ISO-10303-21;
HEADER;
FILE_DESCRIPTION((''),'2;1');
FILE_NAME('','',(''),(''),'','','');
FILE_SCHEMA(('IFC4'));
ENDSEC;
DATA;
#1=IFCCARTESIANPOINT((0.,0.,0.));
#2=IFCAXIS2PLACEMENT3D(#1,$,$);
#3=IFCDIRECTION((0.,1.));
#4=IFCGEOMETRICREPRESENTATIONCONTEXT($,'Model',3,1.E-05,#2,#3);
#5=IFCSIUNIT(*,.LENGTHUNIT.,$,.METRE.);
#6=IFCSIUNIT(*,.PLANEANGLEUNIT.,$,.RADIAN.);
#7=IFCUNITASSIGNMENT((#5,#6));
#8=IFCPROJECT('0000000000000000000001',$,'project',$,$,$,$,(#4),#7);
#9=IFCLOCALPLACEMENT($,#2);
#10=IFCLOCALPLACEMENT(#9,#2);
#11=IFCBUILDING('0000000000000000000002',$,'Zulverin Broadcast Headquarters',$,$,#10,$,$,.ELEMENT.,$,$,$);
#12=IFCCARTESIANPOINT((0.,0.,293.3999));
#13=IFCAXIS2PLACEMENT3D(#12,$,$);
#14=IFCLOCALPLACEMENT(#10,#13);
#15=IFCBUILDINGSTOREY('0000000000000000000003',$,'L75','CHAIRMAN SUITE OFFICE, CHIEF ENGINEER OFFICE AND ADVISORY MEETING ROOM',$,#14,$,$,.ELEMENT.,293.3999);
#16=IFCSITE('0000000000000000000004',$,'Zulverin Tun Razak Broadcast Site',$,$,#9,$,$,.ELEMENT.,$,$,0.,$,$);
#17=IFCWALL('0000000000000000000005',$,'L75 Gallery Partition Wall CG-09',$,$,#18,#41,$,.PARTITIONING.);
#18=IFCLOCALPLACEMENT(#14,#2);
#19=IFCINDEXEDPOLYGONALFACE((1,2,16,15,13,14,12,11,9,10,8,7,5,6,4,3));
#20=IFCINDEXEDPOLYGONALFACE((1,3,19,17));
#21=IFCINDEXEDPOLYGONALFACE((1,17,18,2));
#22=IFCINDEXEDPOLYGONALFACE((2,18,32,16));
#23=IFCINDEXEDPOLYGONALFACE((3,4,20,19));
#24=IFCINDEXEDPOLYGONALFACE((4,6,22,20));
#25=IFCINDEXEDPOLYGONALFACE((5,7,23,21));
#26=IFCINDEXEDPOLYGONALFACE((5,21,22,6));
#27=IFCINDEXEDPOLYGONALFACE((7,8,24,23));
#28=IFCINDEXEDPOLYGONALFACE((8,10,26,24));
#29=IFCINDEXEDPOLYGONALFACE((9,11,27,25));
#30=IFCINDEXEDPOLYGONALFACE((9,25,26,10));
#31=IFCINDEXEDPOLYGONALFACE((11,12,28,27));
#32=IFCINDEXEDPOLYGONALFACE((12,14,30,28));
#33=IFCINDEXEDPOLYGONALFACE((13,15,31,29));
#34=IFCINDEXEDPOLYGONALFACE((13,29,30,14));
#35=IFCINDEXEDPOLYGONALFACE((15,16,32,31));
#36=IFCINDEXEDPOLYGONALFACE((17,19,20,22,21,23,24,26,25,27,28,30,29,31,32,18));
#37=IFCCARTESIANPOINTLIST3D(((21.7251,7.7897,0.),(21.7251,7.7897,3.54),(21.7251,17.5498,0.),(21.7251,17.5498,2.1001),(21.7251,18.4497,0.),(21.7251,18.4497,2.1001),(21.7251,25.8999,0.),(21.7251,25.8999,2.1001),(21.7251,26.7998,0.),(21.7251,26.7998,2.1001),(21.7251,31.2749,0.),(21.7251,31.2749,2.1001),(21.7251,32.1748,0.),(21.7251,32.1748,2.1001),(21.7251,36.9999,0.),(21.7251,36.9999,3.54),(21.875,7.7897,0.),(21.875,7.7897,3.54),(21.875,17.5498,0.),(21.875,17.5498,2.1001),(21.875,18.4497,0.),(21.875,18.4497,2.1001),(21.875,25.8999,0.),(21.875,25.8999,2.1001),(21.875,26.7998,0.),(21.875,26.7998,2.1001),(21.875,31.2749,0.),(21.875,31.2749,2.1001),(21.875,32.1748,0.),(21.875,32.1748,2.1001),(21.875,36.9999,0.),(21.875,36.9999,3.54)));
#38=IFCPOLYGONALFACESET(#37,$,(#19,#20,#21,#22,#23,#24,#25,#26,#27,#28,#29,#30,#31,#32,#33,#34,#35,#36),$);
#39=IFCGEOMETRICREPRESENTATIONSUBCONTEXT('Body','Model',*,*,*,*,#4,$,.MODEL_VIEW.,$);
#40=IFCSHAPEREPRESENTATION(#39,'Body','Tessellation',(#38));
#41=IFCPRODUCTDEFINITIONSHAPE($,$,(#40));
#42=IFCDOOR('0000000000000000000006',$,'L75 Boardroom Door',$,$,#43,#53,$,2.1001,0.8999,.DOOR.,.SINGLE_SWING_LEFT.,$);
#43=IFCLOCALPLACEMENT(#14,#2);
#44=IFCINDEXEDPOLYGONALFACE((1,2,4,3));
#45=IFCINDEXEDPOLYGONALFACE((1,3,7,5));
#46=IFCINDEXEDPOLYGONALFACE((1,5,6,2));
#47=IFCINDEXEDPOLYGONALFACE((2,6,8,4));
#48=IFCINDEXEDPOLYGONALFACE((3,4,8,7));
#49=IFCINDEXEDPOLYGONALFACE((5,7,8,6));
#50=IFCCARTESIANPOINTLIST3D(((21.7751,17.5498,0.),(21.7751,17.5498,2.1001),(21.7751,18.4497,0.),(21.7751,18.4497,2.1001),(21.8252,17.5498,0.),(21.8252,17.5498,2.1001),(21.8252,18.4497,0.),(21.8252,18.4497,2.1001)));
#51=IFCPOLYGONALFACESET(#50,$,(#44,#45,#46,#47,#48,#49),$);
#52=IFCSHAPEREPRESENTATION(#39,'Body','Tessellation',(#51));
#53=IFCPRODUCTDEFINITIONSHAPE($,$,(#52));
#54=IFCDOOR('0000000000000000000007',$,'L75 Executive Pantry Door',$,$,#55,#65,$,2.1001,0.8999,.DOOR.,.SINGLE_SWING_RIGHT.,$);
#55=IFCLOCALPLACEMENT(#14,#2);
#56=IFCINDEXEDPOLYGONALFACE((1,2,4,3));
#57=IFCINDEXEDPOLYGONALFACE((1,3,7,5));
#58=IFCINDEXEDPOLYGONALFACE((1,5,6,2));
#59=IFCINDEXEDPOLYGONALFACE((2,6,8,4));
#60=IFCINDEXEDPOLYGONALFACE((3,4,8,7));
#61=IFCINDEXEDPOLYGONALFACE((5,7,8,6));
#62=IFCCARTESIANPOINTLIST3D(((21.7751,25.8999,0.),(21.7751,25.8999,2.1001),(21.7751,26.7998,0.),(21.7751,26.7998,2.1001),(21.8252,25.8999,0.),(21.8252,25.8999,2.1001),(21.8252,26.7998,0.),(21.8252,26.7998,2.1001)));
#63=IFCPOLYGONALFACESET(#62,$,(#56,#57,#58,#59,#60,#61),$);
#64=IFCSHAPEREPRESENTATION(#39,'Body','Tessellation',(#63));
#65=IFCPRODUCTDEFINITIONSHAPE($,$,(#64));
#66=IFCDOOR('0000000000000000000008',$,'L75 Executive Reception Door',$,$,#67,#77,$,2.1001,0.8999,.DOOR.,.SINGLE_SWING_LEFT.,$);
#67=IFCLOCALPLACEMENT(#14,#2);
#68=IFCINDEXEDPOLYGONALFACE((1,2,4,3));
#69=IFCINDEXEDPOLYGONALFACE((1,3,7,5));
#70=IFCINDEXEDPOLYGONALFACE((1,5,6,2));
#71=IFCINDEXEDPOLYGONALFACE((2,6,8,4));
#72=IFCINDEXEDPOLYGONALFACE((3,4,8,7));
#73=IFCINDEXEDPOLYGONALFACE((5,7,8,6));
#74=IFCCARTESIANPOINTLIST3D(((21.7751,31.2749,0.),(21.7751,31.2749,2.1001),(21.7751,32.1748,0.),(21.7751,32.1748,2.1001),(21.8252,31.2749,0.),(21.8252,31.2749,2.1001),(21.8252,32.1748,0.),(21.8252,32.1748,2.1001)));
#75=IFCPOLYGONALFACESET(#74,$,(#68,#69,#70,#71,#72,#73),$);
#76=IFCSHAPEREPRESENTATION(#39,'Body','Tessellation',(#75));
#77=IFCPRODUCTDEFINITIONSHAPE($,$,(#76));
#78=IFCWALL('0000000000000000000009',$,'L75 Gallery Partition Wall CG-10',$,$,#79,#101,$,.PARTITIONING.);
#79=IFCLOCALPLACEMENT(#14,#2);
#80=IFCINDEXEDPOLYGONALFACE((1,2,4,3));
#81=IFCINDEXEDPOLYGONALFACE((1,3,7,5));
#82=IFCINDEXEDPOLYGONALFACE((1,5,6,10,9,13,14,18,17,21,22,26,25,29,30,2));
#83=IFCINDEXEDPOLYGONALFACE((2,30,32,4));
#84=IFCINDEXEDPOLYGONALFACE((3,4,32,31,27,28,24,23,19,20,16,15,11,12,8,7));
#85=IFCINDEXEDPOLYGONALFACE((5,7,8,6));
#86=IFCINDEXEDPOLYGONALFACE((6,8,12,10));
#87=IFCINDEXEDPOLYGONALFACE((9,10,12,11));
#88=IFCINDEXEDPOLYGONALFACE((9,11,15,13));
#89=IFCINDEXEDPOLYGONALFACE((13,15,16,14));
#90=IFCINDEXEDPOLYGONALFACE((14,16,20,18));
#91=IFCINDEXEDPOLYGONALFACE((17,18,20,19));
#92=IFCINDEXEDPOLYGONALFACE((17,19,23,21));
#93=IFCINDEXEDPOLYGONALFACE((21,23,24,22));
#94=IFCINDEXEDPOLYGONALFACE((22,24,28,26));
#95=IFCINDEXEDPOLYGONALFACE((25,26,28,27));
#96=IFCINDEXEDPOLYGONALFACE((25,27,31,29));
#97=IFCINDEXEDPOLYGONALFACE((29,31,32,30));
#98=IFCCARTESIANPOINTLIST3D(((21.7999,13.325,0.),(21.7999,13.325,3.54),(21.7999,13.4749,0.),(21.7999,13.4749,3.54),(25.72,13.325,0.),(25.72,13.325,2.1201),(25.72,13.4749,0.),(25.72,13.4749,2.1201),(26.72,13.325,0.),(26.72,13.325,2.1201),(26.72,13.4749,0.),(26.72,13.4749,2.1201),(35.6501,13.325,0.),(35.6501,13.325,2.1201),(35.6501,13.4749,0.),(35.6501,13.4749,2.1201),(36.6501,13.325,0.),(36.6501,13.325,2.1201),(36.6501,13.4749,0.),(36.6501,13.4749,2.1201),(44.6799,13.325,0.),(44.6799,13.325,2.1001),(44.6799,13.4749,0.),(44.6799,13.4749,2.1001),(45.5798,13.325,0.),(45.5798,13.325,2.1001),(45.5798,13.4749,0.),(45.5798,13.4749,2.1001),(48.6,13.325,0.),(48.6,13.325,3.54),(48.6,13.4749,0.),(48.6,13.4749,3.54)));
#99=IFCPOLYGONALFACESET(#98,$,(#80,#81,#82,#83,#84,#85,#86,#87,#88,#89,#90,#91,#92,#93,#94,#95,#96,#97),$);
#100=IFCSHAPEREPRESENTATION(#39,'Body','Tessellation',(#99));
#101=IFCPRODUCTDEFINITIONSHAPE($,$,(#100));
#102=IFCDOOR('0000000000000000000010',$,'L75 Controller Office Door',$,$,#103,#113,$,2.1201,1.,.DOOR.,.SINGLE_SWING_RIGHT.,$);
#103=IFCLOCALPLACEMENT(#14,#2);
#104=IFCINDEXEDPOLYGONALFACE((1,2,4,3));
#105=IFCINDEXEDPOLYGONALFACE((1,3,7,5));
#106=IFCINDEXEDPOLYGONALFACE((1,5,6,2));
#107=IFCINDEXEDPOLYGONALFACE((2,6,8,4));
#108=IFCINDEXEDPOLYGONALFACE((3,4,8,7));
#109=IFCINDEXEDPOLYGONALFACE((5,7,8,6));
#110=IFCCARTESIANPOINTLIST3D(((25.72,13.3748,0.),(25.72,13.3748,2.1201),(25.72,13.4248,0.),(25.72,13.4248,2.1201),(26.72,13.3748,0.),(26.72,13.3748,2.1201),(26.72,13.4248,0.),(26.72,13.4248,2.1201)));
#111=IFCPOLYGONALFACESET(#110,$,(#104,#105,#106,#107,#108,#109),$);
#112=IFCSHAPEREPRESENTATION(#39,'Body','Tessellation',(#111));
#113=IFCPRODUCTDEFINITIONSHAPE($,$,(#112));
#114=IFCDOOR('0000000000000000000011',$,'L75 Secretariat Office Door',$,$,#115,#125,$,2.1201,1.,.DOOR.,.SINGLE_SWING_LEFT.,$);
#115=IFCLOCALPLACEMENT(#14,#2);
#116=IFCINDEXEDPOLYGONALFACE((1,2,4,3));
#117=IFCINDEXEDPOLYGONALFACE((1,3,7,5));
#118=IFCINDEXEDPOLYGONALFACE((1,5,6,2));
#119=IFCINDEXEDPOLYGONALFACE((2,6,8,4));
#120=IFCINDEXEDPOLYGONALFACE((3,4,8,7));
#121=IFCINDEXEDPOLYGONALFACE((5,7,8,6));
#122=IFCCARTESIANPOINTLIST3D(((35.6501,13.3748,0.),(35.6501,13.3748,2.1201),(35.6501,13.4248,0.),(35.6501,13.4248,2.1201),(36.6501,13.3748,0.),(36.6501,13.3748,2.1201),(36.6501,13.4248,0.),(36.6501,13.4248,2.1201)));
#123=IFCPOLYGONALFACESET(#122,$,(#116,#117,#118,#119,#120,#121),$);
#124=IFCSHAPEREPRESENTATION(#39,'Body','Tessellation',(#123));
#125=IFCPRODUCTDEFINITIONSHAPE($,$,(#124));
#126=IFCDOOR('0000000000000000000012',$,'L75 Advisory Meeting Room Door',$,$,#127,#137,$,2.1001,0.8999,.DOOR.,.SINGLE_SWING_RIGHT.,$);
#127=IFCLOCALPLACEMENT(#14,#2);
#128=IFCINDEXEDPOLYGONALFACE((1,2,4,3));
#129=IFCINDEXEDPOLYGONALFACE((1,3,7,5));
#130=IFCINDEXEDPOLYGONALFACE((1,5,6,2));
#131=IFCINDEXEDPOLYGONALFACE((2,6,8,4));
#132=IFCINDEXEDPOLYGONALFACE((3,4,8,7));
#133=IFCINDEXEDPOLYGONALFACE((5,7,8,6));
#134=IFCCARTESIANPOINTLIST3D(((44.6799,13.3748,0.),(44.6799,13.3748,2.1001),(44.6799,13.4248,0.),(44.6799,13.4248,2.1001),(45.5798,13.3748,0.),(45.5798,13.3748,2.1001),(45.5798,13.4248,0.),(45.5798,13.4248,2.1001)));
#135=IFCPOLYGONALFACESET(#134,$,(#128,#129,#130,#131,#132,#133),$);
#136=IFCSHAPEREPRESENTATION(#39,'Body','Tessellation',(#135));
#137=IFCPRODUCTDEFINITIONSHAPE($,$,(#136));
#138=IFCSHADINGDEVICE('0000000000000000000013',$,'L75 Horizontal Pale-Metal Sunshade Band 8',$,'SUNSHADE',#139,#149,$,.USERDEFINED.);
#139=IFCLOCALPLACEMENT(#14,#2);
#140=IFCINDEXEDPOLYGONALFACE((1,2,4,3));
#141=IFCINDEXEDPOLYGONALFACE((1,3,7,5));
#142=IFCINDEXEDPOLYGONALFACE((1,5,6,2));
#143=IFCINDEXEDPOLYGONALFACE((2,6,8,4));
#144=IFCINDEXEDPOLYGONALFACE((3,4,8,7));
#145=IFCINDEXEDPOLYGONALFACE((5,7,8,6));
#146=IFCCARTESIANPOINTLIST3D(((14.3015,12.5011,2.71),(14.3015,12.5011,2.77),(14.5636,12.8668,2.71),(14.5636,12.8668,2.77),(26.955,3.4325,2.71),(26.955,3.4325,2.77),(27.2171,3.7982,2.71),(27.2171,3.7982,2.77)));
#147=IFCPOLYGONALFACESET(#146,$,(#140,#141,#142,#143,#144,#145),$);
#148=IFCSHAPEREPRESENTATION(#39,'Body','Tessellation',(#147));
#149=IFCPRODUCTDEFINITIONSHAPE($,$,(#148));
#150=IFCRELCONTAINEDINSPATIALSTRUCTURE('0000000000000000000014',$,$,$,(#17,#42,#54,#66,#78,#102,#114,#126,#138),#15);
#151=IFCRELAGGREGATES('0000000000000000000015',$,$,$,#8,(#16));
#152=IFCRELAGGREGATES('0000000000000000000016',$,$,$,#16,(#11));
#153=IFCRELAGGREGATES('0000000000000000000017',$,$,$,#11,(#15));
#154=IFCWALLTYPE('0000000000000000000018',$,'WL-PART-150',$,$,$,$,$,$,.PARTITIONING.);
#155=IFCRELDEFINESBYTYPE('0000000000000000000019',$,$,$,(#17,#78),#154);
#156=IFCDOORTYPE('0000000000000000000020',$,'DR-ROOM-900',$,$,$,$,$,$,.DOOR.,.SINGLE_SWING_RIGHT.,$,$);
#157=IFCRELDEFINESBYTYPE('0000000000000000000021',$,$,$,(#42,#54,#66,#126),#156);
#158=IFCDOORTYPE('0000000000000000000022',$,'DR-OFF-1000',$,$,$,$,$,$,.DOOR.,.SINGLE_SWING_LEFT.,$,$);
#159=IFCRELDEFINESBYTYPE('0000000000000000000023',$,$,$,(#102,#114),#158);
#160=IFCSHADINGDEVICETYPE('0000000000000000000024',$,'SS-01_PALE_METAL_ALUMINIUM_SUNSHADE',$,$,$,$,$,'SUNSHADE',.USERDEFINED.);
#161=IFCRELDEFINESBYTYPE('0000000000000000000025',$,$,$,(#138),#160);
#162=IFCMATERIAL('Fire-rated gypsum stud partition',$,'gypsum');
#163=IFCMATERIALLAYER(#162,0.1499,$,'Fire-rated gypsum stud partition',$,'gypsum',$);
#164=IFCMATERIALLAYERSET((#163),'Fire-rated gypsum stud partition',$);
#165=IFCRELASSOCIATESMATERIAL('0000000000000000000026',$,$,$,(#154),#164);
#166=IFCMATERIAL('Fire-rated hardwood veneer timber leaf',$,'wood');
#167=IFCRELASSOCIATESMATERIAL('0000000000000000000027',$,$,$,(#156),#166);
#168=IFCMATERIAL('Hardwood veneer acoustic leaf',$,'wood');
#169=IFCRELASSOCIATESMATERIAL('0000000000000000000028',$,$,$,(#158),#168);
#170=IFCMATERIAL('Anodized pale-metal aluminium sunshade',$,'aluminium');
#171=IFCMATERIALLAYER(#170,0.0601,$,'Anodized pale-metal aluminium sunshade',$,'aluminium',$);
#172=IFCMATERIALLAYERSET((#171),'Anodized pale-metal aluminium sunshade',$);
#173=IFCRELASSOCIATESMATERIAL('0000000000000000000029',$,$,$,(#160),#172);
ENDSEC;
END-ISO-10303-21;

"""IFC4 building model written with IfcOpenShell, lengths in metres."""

from ifc_helpers import new_model, si_unit, direction, frame, frame_2d, origin, origin_2d, place, context, subcontext, project, spatial, rectangle, extrude, material, layer, layer_set, type_object, element, fill, save


model = new_model("IFC4")

# Units and contexts
model_context = context("Model", 3, precision=1e-05, world=origin(), true_north=direction((0.0, 1.0)))
body_context = subcontext(model_context, "Body", "Model", "MODEL_VIEW")
ifc_project = project(units=[si_unit("LENGTHUNIT", "METRE"), si_unit("PLANEANGLEUNIT", "RADIAN")], contexts=[model_context])

# Site, building, storey
site_placement = place(None, origin())
site = spatial("IfcSite", under=ifc_project, at=site_placement, Name="Zulverin Tun Razak Broadcast Site", CompositionType="ELEMENT", RefElevation=0.0)
building_placement = place(site_placement, origin())
building = spatial("IfcBuilding", under=site, at=building_placement, Name="Zulverin Broadcast Headquarters", CompositionType="ELEMENT")
storey_placement = place(building_placement, frame((0.0, 0.0, 293.3999)))
storey = spatial("IfcBuildingStorey", under=building, at=storey_placement, Name="L75", Description="CHAIRMAN SUITE OFFICE, CHIEF ENGINEER OFFICE AND ADVISORY MEETING ROOM", CompositionType="ELEMENT", Elevation=293.3999)

# Walls, openings, doors
ifc_material_1 = material(Name="Fire-rated gypsum stud partition", Category="gypsum")
ifc_layer_1 = layer(ifc_material_1, 0.1499, Name="Fire-rated gypsum stud partition", Category="gypsum")
ifc_layer_set_1 = layer_set([ifc_layer_1], Name="Fire-rated gypsum stud partition")
wall_type_1 = type_object("IfcWallType", Name="WL-PART-150", PredefinedType="PARTITIONING", material=ifc_layer_set_1)
wall_1_placement = place(storey_placement, frame((21.8, 7.7898, 0.0), z_axis=(0.0, 0.0, 1.0), x_axis=(0.0, 1.0, 0.0)))
wall_1 = element("IfcWall", 1, at=wall_1_placement, inside=storey, type_object=wall_type_1, Name="L75 Gallery Partition Wall CG-09", PredefinedType="PARTITIONING", context=body_context, shape_type="SweptSolid", body=[
    extrude(rectangle(XDim=29.2102, YDim=0.1499, at=frame_2d((14.605, 0.0))), origin(), (0.0, 0.0, 1.0), 3.54),
])
opening_1_placement = place(wall_1_placement, frame((9.76, 0.0, 0.0)))
opening_1 = element("IfcOpeningElement", 2, at=opening_1_placement, cuts=wall_1, PredefinedType="OPENING", context=body_context, shape_type="SweptSolid", body=[
    extrude(rectangle(XDim=0.8999, YDim=2.1001, at=frame_2d((0.45, 1.05))), frame((0.0, 0.085, 0.0), z_axis=(0.0, -1.0, 0.0), x_axis=(1.0, 0.0, 0.0)), (0.0, 0.0, 1.0), 0.1699),
])
opening_2_placement = place(wall_1_placement, frame((18.1101, 0.0, 0.0)))
opening_2 = element("IfcOpeningElement", 3, at=opening_2_placement, cuts=wall_1, PredefinedType="OPENING", context=body_context, shape_type="SweptSolid", body=[
    extrude(rectangle(XDim=0.8999, YDim=2.1001, at=frame_2d((0.45, 1.05))), frame((0.0, 0.085, 0.0), z_axis=(0.0, -1.0, 0.0), x_axis=(1.0, 0.0, 0.0)), (0.0, 0.0, 1.0), 0.1699),
])
opening_3_placement = place(wall_1_placement, frame((23.4851, 0.0, 0.0)))
opening_3 = element("IfcOpeningElement", 4, at=opening_3_placement, cuts=wall_1, PredefinedType="OPENING", context=body_context, shape_type="SweptSolid", body=[
    extrude(rectangle(XDim=0.8999, YDim=2.1001, at=frame_2d((0.45, 1.05))), frame((0.0, 0.085, 0.0), z_axis=(0.0, -1.0, 0.0), x_axis=(1.0, 0.0, 0.0)), (0.0, 0.0, 1.0), 0.1699),
])
ifc_material_2 = material(Name="Fire-rated hardwood veneer timber leaf", Category="wood")
door_type_1 = type_object("IfcDoorType", Name="DR-ROOM-900", OperationType="SINGLE_SWING_RIGHT", PredefinedType="DOOR", material=ifc_material_2)
door_1_placement = place(opening_1_placement, origin())
door_1 = element("IfcDoor", 5, at=door_1_placement, inside=storey, type_object=door_type_1, Name="L75 Boardroom Door", OperationType="SINGLE_SWING_LEFT", OverallHeight=2.1001, OverallWidth=0.8999, PredefinedType="DOOR", context=body_context, shape_type="SweptSolid", body=[
    extrude(rectangle(XDim=0.8999, YDim=2.1001, at=frame_2d((0.45, 1.05))), frame((0.0, 0.0249, 0.0), z_axis=(0.0, -1.0, 0.0), x_axis=(1.0, 0.0, 0.0)), (0.0, 0.0, 1.0), 0.05),
])
fill(opening_1, door_1)
door_2_placement = place(opening_2_placement, origin())
door_2 = element("IfcDoor", 6, at=door_2_placement, inside=storey, type_object=door_type_1, Name="L75 Executive Pantry Door", OperationType="SINGLE_SWING_RIGHT", OverallHeight=2.1001, OverallWidth=0.8999, PredefinedType="DOOR", context=body_context, shape_type="SweptSolid", body=[
    extrude(rectangle(XDim=0.8999, YDim=2.1001, at=frame_2d((0.45, 1.05))), frame((0.0, 0.0249, 0.0), z_axis=(0.0, -1.0, 0.0), x_axis=(1.0, 0.0, 0.0)), (0.0, 0.0, 1.0), 0.05),
])
fill(opening_2, door_2)
door_3_placement = place(opening_3_placement, origin())
door_3 = element("IfcDoor", 7, at=door_3_placement, inside=storey, type_object=door_type_1, Name="L75 Executive Reception Door", OperationType="SINGLE_SWING_LEFT", OverallHeight=2.1001, OverallWidth=0.8999, PredefinedType="DOOR", context=body_context, shape_type="SweptSolid", body=[
    extrude(rectangle(XDim=0.8999, YDim=2.1001, at=frame_2d((0.45, 1.05))), frame((0.0, 0.0249, 0.0), z_axis=(0.0, -1.0, 0.0), x_axis=(1.0, 0.0, 0.0)), (0.0, 0.0, 1.0), 0.05),
])
fill(opening_3, door_3)
wall_2_placement = place(storey_placement, frame((21.8, 13.3999, 0.0), z_axis=(0.0, 0.0, 1.0), x_axis=(1.0, 0.0, 0.0)))
wall_2 = element("IfcWall", 8, at=wall_2_placement, inside=storey, type_object=wall_type_1, Name="L75 Gallery Partition Wall CG-10", PredefinedType="PARTITIONING", context=body_context, shape_type="SweptSolid", body=[
    extrude(rectangle(XDim=26.8, YDim=0.1499, at=frame_2d((13.3999, 0.0))), origin(), (0.0, 0.0, 1.0), 3.54),
])
opening_4_placement = place(wall_2_placement, frame((3.9199, 0.0, 0.0)))
opening_4 = element("IfcOpeningElement", 9, at=opening_4_placement, cuts=wall_2, PredefinedType="OPENING", context=body_context, shape_type="SweptSolid", body=[
    extrude(rectangle(XDim=1.0, YDim=2.1201, at=frame_2d((0.5, 1.0601))), frame((0.0, 0.085, 0.0), z_axis=(0.0, -1.0, 0.0), x_axis=(1.0, 0.0, 0.0)), (0.0, 0.0, 1.0), 0.1699),
])
opening_5_placement = place(wall_2_placement, frame((13.8501, 0.0, 0.0)))
opening_5 = element("IfcOpeningElement", 10, at=opening_5_placement, cuts=wall_2, PredefinedType="OPENING", context=body_context, shape_type="SweptSolid", body=[
    extrude(rectangle(XDim=1.0, YDim=2.1201, at=frame_2d((0.5, 1.0601))), frame((0.0, 0.085, 0.0), z_axis=(0.0, -1.0, 0.0), x_axis=(1.0, 0.0, 0.0)), (0.0, 0.0, 1.0), 0.1699),
])
opening_6_placement = place(wall_2_placement, frame((22.8799, 0.0, 0.0)))
opening_6 = element("IfcOpeningElement", 11, at=opening_6_placement, cuts=wall_2, PredefinedType="OPENING", context=body_context, shape_type="SweptSolid", body=[
    extrude(rectangle(XDim=0.8999, YDim=2.1001, at=frame_2d((0.45, 1.05))), frame((0.0, 0.085, 0.0), z_axis=(0.0, -1.0, 0.0), x_axis=(1.0, 0.0, 0.0)), (0.0, 0.0, 1.0), 0.1699),
])
ifc_material_3 = material(Name="Hardwood veneer acoustic leaf", Category="wood")
door_type_2 = type_object("IfcDoorType", Name="DR-OFF-1000", OperationType="SINGLE_SWING_LEFT", PredefinedType="DOOR", material=ifc_material_3)
door_4_placement = place(opening_4_placement, origin())
door_4 = element("IfcDoor", 12, at=door_4_placement, inside=storey, type_object=door_type_2, Name="L75 Controller Office Door", OperationType="SINGLE_SWING_RIGHT", OverallHeight=2.1201, OverallWidth=1.0, PredefinedType="DOOR", context=body_context, shape_type="SweptSolid", body=[
    extrude(rectangle(XDim=1.0, YDim=2.1201, at=frame_2d((0.5, 1.0601))), frame((0.0, 0.0249, 0.0), z_axis=(0.0, -1.0, 0.0), x_axis=(1.0, 0.0, 0.0)), (0.0, 0.0, 1.0), 0.05),
])
fill(opening_4, door_4)
door_5_placement = place(opening_5_placement, origin())
door_5 = element("IfcDoor", 13, at=door_5_placement, inside=storey, type_object=door_type_2, Name="L75 Secretariat Office Door", OperationType="SINGLE_SWING_LEFT", OverallHeight=2.1201, OverallWidth=1.0, PredefinedType="DOOR", context=body_context, shape_type="SweptSolid", body=[
    extrude(rectangle(XDim=1.0, YDim=2.1201, at=frame_2d((0.5, 1.0601))), frame((0.0, 0.0249, 0.0), z_axis=(0.0, -1.0, 0.0), x_axis=(1.0, 0.0, 0.0)), (0.0, 0.0, 1.0), 0.05),
])
fill(opening_5, door_5)
door_6_placement = place(opening_6_placement, origin())
door_6 = element("IfcDoor", 14, at=door_6_placement, inside=storey, type_object=door_type_1, Name="L75 Advisory Meeting Room Door", OperationType="SINGLE_SWING_RIGHT", OverallHeight=2.1001, OverallWidth=0.8999, PredefinedType="DOOR", context=body_context, shape_type="SweptSolid", body=[
    extrude(rectangle(XDim=0.8999, YDim=2.1001, at=frame_2d((0.45, 1.05))), frame((0.0, 0.0249, 0.0), z_axis=(0.0, -1.0, 0.0), x_axis=(1.0, 0.0, 0.0)), (0.0, 0.0, 1.0), 0.05),
])
fill(opening_6, door_6)

# Shading device
ifc_material_4 = material(Name="Anodized pale-metal aluminium sunshade", Category="aluminium")
ifc_layer_2 = layer(ifc_material_4, 0.0601, Name="Anodized pale-metal aluminium sunshade", Category="aluminium")
ifc_layer_set_2 = layer_set([ifc_layer_2], Name="Anodized pale-metal aluminium sunshade")
shading_device_type = type_object("IfcShadingDeviceType", Name="SS-01_PALE_METAL_ALUMINIUM_SUNSHADE", ElementType="SUNSHADE", PredefinedType="USERDEFINED", material=ifc_layer_set_2)
shading_device_placement = place(storey_placement, frame((20.7593, 8.1497, 2.71), z_axis=(0.0, 0.0, 1.0), x_axis=(0.812809, -0.58253, 0.0)))
element("IfcShadingDevice", 15, at=shading_device_placement, inside=storey, type_object=shading_device_type, Name="L75 Horizontal Pale-Metal Sunshade Band 8", ObjectType="SUNSHADE", PredefinedType="USERDEFINED", context=body_context, shape_type="SweptSolid", body=[
    extrude(rectangle(XDim=15.5676, YDim=0.45, at=origin_2d()), origin(), (0.0, 0.0, 1.0), 0.0601),
])

save(model, "model.ifc")
